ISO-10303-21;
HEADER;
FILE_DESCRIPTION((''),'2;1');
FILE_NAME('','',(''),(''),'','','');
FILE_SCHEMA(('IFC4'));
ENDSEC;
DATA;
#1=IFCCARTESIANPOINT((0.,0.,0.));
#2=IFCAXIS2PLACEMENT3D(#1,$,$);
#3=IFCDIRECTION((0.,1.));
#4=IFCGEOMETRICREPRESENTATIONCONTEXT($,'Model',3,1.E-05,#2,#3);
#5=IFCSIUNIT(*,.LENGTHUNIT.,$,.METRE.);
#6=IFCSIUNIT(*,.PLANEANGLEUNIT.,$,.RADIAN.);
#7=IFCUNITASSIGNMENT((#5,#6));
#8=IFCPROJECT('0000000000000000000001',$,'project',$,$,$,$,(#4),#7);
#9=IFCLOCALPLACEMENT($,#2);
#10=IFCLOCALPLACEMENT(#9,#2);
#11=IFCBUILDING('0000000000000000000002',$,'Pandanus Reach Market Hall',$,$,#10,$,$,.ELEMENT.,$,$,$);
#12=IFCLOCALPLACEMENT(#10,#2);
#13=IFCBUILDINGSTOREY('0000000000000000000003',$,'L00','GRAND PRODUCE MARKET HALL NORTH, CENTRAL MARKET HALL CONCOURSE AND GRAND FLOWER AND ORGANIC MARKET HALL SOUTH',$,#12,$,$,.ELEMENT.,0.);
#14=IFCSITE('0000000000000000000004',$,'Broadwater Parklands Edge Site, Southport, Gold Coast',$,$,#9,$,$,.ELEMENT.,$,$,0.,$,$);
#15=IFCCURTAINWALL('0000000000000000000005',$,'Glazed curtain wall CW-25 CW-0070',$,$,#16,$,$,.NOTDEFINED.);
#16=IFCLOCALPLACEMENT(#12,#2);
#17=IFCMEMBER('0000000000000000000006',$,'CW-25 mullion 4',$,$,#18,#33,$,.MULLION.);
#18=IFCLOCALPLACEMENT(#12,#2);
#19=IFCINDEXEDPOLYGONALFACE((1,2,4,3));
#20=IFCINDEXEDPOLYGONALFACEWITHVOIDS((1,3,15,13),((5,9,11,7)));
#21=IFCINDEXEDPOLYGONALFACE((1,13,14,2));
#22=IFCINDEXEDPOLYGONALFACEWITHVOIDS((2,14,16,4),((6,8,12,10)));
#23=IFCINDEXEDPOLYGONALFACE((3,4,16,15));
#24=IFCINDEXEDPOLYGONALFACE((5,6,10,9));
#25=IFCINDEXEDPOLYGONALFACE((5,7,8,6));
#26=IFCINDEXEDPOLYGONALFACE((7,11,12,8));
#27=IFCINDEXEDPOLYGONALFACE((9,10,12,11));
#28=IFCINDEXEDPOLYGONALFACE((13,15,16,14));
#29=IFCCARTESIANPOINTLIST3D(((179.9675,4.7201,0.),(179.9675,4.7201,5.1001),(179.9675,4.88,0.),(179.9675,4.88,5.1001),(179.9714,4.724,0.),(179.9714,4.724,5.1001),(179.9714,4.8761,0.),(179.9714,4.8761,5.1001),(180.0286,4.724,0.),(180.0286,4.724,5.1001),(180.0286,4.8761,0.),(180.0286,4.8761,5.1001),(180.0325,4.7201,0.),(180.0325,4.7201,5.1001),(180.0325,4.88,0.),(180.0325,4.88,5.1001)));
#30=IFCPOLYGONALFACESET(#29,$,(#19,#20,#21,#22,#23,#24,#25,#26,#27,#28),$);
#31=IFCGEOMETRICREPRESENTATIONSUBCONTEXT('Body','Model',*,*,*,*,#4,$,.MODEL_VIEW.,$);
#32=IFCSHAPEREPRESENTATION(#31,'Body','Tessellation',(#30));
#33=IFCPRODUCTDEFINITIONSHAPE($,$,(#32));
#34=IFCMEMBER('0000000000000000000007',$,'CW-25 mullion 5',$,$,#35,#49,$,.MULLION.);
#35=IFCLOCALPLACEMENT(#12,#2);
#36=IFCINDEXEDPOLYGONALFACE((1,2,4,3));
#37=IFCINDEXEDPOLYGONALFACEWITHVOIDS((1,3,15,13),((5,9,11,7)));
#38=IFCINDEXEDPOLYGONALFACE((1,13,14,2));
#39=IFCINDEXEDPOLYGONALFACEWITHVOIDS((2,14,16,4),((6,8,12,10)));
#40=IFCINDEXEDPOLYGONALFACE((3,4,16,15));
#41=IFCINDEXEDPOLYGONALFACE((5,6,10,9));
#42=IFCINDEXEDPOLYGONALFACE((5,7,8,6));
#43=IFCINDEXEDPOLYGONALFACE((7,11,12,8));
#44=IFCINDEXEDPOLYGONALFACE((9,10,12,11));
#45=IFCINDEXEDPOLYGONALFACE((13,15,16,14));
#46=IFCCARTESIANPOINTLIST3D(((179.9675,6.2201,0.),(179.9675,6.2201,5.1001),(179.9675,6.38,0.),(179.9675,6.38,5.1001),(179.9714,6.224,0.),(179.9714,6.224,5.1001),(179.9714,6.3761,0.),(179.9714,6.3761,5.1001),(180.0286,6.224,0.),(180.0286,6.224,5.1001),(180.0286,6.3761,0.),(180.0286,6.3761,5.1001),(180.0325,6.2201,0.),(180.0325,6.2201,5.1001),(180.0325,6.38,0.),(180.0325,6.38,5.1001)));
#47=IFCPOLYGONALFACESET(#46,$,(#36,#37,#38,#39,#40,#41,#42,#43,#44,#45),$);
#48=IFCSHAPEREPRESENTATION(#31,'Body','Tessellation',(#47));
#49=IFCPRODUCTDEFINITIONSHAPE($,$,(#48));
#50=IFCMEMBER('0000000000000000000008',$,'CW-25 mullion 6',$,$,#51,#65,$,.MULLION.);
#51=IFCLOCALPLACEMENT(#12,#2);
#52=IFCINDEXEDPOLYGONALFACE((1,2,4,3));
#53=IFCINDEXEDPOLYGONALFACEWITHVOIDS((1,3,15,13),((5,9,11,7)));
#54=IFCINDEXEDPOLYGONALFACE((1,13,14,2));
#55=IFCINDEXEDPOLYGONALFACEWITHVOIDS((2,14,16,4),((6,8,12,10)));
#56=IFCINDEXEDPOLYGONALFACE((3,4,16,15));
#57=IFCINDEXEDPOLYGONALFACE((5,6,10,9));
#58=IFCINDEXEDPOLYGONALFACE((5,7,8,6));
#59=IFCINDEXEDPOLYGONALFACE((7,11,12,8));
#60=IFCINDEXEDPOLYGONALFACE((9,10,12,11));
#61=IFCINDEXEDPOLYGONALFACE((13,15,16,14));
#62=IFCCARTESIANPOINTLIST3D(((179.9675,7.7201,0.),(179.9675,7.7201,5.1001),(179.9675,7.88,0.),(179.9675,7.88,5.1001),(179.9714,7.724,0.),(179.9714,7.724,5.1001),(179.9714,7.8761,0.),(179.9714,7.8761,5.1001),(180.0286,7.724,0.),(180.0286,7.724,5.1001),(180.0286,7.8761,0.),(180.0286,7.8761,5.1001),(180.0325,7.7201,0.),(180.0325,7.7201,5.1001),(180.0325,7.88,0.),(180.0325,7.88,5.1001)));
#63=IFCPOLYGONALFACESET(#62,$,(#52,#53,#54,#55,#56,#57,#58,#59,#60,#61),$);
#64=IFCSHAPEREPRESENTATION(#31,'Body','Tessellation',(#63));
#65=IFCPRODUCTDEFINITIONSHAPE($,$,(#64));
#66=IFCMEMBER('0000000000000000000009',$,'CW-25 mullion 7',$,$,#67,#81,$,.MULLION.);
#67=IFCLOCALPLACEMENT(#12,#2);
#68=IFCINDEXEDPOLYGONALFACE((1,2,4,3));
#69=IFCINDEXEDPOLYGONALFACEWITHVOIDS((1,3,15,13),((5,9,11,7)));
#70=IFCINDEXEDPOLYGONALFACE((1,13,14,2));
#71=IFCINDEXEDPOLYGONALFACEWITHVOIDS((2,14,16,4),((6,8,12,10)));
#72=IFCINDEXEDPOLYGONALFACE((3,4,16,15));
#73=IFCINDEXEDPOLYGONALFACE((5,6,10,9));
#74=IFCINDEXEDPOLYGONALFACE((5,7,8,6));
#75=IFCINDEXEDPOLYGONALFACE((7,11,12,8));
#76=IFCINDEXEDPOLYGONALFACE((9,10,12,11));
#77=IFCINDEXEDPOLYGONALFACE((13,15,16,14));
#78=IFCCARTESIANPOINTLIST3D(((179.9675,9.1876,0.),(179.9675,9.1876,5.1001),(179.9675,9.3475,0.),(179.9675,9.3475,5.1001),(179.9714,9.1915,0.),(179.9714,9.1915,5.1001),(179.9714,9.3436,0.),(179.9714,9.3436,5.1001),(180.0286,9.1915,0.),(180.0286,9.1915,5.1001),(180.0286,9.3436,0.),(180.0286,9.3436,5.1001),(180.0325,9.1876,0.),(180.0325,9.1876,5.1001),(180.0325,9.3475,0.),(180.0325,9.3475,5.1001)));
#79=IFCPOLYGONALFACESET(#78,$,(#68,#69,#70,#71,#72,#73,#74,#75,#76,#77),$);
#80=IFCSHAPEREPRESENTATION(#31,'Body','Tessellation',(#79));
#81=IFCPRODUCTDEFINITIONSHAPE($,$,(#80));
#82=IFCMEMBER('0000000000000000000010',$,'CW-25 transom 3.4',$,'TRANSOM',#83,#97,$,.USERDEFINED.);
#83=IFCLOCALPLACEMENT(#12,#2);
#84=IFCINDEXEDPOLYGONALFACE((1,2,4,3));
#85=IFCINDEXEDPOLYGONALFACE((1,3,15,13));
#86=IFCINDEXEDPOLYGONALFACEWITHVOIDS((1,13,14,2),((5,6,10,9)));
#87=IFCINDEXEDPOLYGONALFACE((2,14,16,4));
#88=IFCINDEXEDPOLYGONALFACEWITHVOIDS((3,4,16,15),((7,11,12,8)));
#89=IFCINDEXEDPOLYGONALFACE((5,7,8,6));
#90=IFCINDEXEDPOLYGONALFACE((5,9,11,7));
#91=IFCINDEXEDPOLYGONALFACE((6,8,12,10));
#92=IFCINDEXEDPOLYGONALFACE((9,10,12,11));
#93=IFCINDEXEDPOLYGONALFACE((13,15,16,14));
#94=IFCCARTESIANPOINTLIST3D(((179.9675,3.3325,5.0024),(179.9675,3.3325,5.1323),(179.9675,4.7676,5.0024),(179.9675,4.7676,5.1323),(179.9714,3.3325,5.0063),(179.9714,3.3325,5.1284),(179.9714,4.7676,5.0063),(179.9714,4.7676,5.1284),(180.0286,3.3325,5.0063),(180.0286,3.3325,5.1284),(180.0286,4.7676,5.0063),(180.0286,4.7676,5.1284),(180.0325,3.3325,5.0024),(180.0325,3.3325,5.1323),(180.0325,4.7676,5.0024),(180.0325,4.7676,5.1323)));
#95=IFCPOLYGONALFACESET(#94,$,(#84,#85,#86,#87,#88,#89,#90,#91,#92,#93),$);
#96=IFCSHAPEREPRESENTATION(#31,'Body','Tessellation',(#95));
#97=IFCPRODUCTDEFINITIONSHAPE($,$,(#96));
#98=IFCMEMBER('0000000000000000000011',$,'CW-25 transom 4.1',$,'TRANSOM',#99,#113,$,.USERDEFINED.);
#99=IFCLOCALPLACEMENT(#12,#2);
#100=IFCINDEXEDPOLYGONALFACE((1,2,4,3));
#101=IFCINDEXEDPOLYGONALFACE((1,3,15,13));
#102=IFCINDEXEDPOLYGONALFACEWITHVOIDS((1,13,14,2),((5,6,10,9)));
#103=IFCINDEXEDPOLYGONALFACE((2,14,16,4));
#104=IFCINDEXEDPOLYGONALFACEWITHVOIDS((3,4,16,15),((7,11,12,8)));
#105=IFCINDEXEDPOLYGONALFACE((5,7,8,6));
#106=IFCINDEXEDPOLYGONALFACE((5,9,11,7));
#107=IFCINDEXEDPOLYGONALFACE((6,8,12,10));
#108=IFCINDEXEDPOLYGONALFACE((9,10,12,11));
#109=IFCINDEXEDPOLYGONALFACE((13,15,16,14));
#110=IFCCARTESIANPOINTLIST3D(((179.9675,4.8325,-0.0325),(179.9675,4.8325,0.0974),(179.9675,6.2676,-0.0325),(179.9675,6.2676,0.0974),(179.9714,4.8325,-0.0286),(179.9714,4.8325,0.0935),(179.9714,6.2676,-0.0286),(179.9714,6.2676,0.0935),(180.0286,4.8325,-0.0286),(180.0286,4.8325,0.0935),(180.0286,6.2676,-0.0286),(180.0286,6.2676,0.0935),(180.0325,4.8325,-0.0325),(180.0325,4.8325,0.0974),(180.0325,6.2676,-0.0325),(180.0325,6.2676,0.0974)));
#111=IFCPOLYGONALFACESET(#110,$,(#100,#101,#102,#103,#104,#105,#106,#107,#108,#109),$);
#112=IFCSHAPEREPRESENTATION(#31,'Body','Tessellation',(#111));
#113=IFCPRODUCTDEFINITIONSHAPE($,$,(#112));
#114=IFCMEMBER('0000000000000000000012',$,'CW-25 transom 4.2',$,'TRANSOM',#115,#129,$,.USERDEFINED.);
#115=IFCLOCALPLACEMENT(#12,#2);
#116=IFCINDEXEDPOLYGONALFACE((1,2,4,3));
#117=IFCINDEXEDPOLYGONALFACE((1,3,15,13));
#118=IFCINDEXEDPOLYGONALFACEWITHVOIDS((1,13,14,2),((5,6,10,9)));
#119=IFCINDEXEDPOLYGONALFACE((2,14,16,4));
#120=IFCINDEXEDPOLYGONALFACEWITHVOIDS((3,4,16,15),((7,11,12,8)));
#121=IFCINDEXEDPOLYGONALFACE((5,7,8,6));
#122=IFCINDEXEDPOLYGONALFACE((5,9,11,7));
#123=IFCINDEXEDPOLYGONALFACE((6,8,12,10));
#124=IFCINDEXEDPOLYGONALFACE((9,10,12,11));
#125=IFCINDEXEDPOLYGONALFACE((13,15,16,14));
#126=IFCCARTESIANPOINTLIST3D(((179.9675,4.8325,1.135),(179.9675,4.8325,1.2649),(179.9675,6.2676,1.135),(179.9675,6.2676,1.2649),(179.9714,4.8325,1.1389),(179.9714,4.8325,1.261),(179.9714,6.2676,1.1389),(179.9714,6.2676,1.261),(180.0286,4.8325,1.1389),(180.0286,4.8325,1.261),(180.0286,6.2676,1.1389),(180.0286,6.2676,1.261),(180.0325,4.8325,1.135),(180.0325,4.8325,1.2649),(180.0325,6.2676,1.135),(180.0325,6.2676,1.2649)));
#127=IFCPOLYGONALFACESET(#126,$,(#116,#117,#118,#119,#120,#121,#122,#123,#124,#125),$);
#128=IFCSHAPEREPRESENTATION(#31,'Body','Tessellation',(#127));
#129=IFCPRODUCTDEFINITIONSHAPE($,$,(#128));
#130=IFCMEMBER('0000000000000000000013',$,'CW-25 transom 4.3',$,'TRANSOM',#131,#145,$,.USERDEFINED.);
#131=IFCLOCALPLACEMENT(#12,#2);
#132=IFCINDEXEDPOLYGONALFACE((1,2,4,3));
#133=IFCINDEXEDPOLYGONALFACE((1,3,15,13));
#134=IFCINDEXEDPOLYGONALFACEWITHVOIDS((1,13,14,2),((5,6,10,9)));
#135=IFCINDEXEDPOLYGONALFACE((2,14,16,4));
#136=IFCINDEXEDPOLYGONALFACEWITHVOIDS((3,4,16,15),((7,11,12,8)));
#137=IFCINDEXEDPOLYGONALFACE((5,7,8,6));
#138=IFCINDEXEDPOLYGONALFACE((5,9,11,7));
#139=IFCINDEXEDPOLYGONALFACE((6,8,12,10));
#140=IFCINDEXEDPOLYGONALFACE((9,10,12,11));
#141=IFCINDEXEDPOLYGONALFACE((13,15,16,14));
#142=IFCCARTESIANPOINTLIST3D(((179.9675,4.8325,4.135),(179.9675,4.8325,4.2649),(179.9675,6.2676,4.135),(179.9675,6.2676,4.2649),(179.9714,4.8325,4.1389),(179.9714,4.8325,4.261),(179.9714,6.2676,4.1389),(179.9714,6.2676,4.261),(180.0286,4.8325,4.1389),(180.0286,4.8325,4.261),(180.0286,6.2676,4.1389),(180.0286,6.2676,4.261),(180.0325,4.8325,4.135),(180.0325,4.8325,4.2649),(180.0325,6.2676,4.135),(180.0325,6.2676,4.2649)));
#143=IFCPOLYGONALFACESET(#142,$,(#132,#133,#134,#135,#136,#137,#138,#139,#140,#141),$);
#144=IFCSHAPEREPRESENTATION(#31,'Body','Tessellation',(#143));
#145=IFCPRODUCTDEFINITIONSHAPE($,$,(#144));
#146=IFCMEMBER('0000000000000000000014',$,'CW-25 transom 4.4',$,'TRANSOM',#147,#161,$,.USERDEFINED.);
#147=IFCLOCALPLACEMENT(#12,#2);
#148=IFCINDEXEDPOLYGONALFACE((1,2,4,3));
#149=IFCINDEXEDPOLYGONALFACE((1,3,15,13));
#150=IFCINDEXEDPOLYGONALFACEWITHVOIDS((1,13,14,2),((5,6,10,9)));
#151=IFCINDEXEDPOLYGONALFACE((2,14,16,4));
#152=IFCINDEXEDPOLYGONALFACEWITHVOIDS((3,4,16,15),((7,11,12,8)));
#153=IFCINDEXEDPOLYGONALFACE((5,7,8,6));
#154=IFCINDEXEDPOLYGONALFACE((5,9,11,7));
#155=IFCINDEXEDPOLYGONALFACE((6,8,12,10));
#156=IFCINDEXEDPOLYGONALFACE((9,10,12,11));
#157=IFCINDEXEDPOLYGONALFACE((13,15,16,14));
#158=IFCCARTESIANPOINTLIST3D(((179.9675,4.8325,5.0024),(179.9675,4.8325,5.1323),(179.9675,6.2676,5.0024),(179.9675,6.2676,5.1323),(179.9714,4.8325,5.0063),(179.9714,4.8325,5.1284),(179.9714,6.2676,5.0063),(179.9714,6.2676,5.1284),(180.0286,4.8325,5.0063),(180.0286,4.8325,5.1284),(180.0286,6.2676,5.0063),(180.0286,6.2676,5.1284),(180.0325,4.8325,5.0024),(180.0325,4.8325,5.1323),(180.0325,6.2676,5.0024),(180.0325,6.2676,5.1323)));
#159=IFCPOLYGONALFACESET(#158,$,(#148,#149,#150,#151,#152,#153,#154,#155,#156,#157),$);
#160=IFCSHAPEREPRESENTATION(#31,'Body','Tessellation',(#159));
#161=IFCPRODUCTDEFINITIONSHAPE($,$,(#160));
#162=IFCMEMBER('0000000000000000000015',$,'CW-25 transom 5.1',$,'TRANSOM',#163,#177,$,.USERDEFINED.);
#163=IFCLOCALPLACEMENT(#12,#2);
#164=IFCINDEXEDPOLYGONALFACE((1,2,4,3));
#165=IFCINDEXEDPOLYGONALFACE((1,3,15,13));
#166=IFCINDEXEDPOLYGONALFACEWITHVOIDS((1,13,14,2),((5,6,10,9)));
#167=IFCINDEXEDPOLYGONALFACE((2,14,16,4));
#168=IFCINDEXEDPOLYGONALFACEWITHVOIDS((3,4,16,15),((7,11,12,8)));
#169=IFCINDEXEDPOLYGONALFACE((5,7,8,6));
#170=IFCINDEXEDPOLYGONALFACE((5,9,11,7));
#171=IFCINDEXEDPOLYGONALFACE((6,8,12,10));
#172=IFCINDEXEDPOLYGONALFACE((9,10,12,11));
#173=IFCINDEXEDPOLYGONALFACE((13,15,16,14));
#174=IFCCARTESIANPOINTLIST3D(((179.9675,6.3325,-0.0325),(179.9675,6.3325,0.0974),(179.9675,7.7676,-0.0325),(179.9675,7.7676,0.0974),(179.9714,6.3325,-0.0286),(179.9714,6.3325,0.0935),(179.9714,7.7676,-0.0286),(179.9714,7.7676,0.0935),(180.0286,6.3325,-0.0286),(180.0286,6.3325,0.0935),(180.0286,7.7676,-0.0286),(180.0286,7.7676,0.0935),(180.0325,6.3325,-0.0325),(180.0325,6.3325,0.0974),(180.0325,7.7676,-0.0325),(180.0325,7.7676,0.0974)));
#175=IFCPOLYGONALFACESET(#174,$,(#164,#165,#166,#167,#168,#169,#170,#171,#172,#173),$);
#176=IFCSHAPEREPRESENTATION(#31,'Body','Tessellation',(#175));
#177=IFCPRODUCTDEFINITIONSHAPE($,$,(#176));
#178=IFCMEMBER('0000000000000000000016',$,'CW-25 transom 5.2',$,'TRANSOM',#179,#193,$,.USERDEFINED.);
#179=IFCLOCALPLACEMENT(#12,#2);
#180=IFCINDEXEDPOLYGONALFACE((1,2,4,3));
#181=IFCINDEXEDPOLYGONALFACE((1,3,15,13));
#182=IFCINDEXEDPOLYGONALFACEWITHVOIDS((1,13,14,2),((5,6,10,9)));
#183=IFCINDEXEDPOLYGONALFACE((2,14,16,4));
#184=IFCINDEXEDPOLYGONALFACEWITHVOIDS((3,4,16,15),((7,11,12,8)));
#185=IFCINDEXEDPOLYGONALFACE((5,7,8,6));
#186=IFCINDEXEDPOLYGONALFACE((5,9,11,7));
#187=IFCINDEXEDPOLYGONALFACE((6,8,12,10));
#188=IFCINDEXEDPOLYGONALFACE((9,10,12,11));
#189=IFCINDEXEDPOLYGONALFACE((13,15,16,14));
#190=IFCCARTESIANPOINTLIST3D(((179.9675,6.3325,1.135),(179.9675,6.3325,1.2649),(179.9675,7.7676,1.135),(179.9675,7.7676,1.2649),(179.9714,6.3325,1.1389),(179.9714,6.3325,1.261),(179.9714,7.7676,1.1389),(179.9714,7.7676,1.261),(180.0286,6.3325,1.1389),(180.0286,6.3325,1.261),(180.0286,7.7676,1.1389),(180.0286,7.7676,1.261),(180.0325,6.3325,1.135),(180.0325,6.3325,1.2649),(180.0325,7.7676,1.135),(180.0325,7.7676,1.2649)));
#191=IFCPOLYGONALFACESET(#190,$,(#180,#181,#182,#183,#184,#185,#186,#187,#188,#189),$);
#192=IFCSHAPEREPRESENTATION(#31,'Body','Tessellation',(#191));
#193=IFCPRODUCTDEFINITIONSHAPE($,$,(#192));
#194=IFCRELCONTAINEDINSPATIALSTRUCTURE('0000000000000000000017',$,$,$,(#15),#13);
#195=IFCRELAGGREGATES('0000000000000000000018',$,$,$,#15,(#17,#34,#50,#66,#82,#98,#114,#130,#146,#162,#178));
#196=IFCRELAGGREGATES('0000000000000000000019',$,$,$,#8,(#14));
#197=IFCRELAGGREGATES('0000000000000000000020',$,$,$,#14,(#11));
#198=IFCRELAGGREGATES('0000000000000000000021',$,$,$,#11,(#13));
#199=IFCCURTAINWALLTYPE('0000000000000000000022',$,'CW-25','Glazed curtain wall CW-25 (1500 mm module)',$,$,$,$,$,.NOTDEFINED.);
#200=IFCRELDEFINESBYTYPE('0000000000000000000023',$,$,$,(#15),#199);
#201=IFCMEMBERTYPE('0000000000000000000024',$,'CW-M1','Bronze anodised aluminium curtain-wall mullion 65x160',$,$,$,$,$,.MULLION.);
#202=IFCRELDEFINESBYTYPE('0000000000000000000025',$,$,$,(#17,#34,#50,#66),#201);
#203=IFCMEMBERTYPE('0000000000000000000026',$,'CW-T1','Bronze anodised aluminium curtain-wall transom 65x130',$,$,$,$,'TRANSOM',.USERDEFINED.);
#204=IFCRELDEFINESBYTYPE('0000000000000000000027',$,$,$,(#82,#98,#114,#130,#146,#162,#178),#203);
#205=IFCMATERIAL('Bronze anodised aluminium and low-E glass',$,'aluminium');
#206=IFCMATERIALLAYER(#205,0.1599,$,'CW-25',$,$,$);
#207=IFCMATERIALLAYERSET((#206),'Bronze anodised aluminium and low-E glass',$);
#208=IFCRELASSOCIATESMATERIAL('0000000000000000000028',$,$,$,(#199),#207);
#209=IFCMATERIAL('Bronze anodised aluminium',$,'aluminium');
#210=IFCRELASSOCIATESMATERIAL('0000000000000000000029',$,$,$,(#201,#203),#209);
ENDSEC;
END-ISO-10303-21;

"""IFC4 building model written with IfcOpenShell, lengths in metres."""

from ifc_helpers import new_model, si_unit, direction, frame, origin, origin_2d, place, context, subcontext, project, spatial, hollow_rectangle, extrude, material, layer, layer_set, material_profile, profile_set, type_object, element, aggregate, save


model = new_model("IFC4")

# Units and contexts
model_context = context("Model", 3, precision=1e-05, world=origin(), true_north=direction((0.0, 1.0)))
body_context = subcontext(model_context, "Body", "Model", "MODEL_VIEW")
ifc_project = project(units=[si_unit("LENGTHUNIT", "METRE"), si_unit("PLANEANGLEUNIT", "RADIAN")], contexts=[model_context])

# Site, building, storey
site_placement = place(None, origin())
site = spatial("IfcSite", under=ifc_project, at=site_placement, Name="Broadwater Parklands Edge Site, Southport, Gold Coast", CompositionType="ELEMENT", RefElevation=0.0)
building_placement = place(site_placement, origin())
building = spatial("IfcBuilding", under=site, at=building_placement, Name="Pandanus Reach Market Hall", CompositionType="ELEMENT")
storey_placement = place(building_placement, origin())
storey = spatial("IfcBuildingStorey", under=building, at=storey_placement, Name="L00", Description="GRAND PRODUCE MARKET HALL NORTH, CENTRAL MARKET HALL CONCOURSE AND GRAND FLOWER AND ORGANIC MARKET HALL SOUTH", CompositionType="ELEMENT", Elevation=0.0)

# Curtain wall, members
ifc_material_1 = material(Name="Bronze anodised aluminium and low-E glass", Category="aluminium")
ifc_layer_1 = layer(ifc_material_1, 0.1599, Name="CW-25")
ifc_layer_set_1 = layer_set([ifc_layer_1], Name="Bronze anodised aluminium and low-E glass")
curtain_wall_type = type_object("IfcCurtainWallType", Name="CW-25", Description="Glazed curtain wall CW-25 (1500 mm module)", PredefinedType="NOTDEFINED", material=ifc_layer_set_1)
curtain_wall_placement = place(storey_placement, origin())
curtain_wall = element("IfcCurtainWall", 1, at=curtain_wall_placement, inside=storey, type_object=curtain_wall_type, Name="Glazed curtain wall CW-25 CW-0070", PredefinedType="NOTDEFINED")
ifc_material_2 = material(Name="Bronze anodised aluminium", Category="aluminium")
ifc_material_profile_1 = material_profile(ifc_material_2, hollow_rectangle(XDim=0.0649, YDim=0.1599, WallThickness=0.0039, at=origin_2d()), Name="ALU65x160", Category="LoadBearing")
ifc_profile_set_1 = profile_set([ifc_material_profile_1], Name="Bronze anodised aluminium")
member_type_1 = type_object("IfcMemberType", Name="CW-M1", Description="Bronze anodised aluminium curtain-wall mullion 65x160", PredefinedType="MULLION", material=ifc_profile_set_1)
member_1_placement = place(storey_placement, frame((180.0, 4.8, 0.0), z_axis=(0.0, 0.0, 1.0), x_axis=(-1.0, 0.0, 0.0)))
member_1 = element("IfcMember", 2, at=member_1_placement, type_object=member_type_1, Name="CW-25 mullion 4", PredefinedType="MULLION", context=body_context, shape_type="SweptSolid", body=[
    extrude(hollow_rectangle(XDim=0.0649, YDim=0.1599, WallThickness=0.0039, at=origin_2d()), origin(), (0.0, 0.0, 1.0), 5.1001),
])
member_2_placement = place(storey_placement, frame((180.0, 6.3, 0.0), z_axis=(0.0, 0.0, 1.0), x_axis=(-1.0, 0.0, 0.0)))
member_2 = element("IfcMember", 3, at=member_2_placement, type_object=member_type_1, Name="CW-25 mullion 5", PredefinedType="MULLION", context=body_context, shape_type="SweptSolid", body=[
    extrude(hollow_rectangle(XDim=0.0649, YDim=0.1599, WallThickness=0.0039, at=origin_2d()), origin(), (0.0, 0.0, 1.0), 5.1001),
])
member_3_placement = place(storey_placement, frame((180.0, 7.8, 0.0), z_axis=(0.0, 0.0, 1.0), x_axis=(-1.0, 0.0, 0.0)))
member_3 = element("IfcMember", 4, at=member_3_placement, type_object=member_type_1, Name="CW-25 mullion 6", PredefinedType="MULLION", context=body_context, shape_type="SweptSolid", body=[
    extrude(hollow_rectangle(XDim=0.0649, YDim=0.1599, WallThickness=0.0039, at=origin_2d()), origin(), (0.0, 0.0, 1.0), 5.1001),
])
member_4_placement = place(storey_placement, frame((180.0, 9.2676, 0.0), z_axis=(0.0, 0.0, 1.0), x_axis=(-1.0, 0.0, 0.0)))
member_4 = element("IfcMember", 5, at=member_4_placement, type_object=member_type_1, Name="CW-25 mullion 7", PredefinedType="MULLION", context=body_context, shape_type="SweptSolid", body=[
    extrude(hollow_rectangle(XDim=0.0649, YDim=0.1599, WallThickness=0.0039, at=origin_2d()), origin(), (0.0, 0.0, 1.0), 5.1001),
])
ifc_material_profile_2 = material_profile(ifc_material_2, hollow_rectangle(XDim=0.0649, YDim=0.1299, WallThickness=0.0039, at=origin_2d()), Name="ALU65x130", Category="LoadBearing")
ifc_profile_set_2 = profile_set([ifc_material_profile_2], Name="Bronze anodised aluminium")
member_type_2 = type_object("IfcMemberType", Name="CW-T1", Description="Bronze anodised aluminium curtain-wall transom 65x130", ElementType="TRANSOM", PredefinedType="USERDEFINED", material=ifc_profile_set_2)
member_5_placement = place(storey_placement, frame((180.0, 3.3325, 5.0674), z_axis=(0.0, 1.0, 0.0), x_axis=(-1.0, 0.0, 0.0)))
member_5 = element("IfcMember", 6, at=member_5_placement, type_object=member_type_2, Name="CW-25 transom 3.4", ObjectType="TRANSOM", PredefinedType="USERDEFINED", context=body_context, shape_type="SweptSolid", body=[
    extrude(hollow_rectangle(XDim=0.0649, YDim=0.1299, WallThickness=0.0039, at=origin_2d()), origin(), (0.0, 0.0, 1.0), 1.4351),
])
member_6_placement = place(storey_placement, frame((180.0, 4.8325, 0.0325), z_axis=(0.0, 1.0, 0.0), x_axis=(-1.0, 0.0, 0.0)))
member_6 = element("IfcMember", 7, at=member_6_placement, type_object=member_type_2, Name="CW-25 transom 4.1", ObjectType="TRANSOM", PredefinedType="USERDEFINED", context=body_context, shape_type="SweptSolid", body=[
    extrude(hollow_rectangle(XDim=0.0649, YDim=0.1299, WallThickness=0.0039, at=origin_2d()), origin(), (0.0, 0.0, 1.0), 1.4351),
])
member_7_placement = place(storey_placement, frame((180.0, 4.8325, 1.2), z_axis=(0.0, 1.0, 0.0), x_axis=(-1.0, 0.0, 0.0)))
member_7 = element("IfcMember", 8, at=member_7_placement, type_object=member_type_2, Name="CW-25 transom 4.2", ObjectType="TRANSOM", PredefinedType="USERDEFINED", context=body_context, shape_type="SweptSolid", body=[
    extrude(hollow_rectangle(XDim=0.0649, YDim=0.1299, WallThickness=0.0039, at=origin_2d()), origin(), (0.0, 0.0, 1.0), 1.4351),
])
member_8_placement = place(storey_placement, frame((180.0, 4.8325, 4.2), z_axis=(0.0, 1.0, 0.0), x_axis=(-1.0, 0.0, 0.0)))
member_8 = element("IfcMember", 9, at=member_8_placement, type_object=member_type_2, Name="CW-25 transom 4.3", ObjectType="TRANSOM", PredefinedType="USERDEFINED", context=body_context, shape_type="SweptSolid", body=[
    extrude(hollow_rectangle(XDim=0.0649, YDim=0.1299, WallThickness=0.0039, at=origin_2d()), origin(), (0.0, 0.0, 1.0), 1.4351),
])
member_9_placement = place(storey_placement, frame((180.0, 4.8325, 5.0674), z_axis=(0.0, 1.0, 0.0), x_axis=(-1.0, 0.0, 0.0)))
member_9 = element("IfcMember", 10, at=member_9_placement, type_object=member_type_2, Name="CW-25 transom 4.4", ObjectType="TRANSOM", PredefinedType="USERDEFINED", context=body_context, shape_type="SweptSolid", body=[
    extrude(hollow_rectangle(XDim=0.0649, YDim=0.1299, WallThickness=0.0039, at=origin_2d()), origin(), (0.0, 0.0, 1.0), 1.4351),
])
member_10_placement = place(storey_placement, frame((180.0, 6.3325, 0.0325), z_axis=(0.0, 1.0, 0.0), x_axis=(-1.0, 0.0, 0.0)))
member_10 = element("IfcMember", 11, at=member_10_placement, type_object=member_type_2, Name="CW-25 transom 5.1", ObjectType="TRANSOM", PredefinedType="USERDEFINED", context=body_context, shape_type="SweptSolid", body=[
    extrude(hollow_rectangle(XDim=0.0649, YDim=0.1299, WallThickness=0.0039, at=origin_2d()), origin(), (0.0, 0.0, 1.0), 1.4351),
])
member_11_placement = place(storey_placement, frame((180.0, 6.3325, 1.2), z_axis=(0.0, 1.0, 0.0), x_axis=(-1.0, 0.0, 0.0)))
member_11 = element("IfcMember", 12, at=member_11_placement, type_object=member_type_2, Name="CW-25 transom 5.2", ObjectType="TRANSOM", PredefinedType="USERDEFINED", context=body_context, shape_type="SweptSolid", body=[
    extrude(hollow_rectangle(XDim=0.0649, YDim=0.1299, WallThickness=0.0039, at=origin_2d()), origin(), (0.0, 0.0, 1.0), 1.4351),
])
aggregate(curtain_wall, [member_1, member_2, member_3, member_4, member_5, member_6, member_7, member_8, member_9, member_10, member_11])

save(model, "model.ifc")
